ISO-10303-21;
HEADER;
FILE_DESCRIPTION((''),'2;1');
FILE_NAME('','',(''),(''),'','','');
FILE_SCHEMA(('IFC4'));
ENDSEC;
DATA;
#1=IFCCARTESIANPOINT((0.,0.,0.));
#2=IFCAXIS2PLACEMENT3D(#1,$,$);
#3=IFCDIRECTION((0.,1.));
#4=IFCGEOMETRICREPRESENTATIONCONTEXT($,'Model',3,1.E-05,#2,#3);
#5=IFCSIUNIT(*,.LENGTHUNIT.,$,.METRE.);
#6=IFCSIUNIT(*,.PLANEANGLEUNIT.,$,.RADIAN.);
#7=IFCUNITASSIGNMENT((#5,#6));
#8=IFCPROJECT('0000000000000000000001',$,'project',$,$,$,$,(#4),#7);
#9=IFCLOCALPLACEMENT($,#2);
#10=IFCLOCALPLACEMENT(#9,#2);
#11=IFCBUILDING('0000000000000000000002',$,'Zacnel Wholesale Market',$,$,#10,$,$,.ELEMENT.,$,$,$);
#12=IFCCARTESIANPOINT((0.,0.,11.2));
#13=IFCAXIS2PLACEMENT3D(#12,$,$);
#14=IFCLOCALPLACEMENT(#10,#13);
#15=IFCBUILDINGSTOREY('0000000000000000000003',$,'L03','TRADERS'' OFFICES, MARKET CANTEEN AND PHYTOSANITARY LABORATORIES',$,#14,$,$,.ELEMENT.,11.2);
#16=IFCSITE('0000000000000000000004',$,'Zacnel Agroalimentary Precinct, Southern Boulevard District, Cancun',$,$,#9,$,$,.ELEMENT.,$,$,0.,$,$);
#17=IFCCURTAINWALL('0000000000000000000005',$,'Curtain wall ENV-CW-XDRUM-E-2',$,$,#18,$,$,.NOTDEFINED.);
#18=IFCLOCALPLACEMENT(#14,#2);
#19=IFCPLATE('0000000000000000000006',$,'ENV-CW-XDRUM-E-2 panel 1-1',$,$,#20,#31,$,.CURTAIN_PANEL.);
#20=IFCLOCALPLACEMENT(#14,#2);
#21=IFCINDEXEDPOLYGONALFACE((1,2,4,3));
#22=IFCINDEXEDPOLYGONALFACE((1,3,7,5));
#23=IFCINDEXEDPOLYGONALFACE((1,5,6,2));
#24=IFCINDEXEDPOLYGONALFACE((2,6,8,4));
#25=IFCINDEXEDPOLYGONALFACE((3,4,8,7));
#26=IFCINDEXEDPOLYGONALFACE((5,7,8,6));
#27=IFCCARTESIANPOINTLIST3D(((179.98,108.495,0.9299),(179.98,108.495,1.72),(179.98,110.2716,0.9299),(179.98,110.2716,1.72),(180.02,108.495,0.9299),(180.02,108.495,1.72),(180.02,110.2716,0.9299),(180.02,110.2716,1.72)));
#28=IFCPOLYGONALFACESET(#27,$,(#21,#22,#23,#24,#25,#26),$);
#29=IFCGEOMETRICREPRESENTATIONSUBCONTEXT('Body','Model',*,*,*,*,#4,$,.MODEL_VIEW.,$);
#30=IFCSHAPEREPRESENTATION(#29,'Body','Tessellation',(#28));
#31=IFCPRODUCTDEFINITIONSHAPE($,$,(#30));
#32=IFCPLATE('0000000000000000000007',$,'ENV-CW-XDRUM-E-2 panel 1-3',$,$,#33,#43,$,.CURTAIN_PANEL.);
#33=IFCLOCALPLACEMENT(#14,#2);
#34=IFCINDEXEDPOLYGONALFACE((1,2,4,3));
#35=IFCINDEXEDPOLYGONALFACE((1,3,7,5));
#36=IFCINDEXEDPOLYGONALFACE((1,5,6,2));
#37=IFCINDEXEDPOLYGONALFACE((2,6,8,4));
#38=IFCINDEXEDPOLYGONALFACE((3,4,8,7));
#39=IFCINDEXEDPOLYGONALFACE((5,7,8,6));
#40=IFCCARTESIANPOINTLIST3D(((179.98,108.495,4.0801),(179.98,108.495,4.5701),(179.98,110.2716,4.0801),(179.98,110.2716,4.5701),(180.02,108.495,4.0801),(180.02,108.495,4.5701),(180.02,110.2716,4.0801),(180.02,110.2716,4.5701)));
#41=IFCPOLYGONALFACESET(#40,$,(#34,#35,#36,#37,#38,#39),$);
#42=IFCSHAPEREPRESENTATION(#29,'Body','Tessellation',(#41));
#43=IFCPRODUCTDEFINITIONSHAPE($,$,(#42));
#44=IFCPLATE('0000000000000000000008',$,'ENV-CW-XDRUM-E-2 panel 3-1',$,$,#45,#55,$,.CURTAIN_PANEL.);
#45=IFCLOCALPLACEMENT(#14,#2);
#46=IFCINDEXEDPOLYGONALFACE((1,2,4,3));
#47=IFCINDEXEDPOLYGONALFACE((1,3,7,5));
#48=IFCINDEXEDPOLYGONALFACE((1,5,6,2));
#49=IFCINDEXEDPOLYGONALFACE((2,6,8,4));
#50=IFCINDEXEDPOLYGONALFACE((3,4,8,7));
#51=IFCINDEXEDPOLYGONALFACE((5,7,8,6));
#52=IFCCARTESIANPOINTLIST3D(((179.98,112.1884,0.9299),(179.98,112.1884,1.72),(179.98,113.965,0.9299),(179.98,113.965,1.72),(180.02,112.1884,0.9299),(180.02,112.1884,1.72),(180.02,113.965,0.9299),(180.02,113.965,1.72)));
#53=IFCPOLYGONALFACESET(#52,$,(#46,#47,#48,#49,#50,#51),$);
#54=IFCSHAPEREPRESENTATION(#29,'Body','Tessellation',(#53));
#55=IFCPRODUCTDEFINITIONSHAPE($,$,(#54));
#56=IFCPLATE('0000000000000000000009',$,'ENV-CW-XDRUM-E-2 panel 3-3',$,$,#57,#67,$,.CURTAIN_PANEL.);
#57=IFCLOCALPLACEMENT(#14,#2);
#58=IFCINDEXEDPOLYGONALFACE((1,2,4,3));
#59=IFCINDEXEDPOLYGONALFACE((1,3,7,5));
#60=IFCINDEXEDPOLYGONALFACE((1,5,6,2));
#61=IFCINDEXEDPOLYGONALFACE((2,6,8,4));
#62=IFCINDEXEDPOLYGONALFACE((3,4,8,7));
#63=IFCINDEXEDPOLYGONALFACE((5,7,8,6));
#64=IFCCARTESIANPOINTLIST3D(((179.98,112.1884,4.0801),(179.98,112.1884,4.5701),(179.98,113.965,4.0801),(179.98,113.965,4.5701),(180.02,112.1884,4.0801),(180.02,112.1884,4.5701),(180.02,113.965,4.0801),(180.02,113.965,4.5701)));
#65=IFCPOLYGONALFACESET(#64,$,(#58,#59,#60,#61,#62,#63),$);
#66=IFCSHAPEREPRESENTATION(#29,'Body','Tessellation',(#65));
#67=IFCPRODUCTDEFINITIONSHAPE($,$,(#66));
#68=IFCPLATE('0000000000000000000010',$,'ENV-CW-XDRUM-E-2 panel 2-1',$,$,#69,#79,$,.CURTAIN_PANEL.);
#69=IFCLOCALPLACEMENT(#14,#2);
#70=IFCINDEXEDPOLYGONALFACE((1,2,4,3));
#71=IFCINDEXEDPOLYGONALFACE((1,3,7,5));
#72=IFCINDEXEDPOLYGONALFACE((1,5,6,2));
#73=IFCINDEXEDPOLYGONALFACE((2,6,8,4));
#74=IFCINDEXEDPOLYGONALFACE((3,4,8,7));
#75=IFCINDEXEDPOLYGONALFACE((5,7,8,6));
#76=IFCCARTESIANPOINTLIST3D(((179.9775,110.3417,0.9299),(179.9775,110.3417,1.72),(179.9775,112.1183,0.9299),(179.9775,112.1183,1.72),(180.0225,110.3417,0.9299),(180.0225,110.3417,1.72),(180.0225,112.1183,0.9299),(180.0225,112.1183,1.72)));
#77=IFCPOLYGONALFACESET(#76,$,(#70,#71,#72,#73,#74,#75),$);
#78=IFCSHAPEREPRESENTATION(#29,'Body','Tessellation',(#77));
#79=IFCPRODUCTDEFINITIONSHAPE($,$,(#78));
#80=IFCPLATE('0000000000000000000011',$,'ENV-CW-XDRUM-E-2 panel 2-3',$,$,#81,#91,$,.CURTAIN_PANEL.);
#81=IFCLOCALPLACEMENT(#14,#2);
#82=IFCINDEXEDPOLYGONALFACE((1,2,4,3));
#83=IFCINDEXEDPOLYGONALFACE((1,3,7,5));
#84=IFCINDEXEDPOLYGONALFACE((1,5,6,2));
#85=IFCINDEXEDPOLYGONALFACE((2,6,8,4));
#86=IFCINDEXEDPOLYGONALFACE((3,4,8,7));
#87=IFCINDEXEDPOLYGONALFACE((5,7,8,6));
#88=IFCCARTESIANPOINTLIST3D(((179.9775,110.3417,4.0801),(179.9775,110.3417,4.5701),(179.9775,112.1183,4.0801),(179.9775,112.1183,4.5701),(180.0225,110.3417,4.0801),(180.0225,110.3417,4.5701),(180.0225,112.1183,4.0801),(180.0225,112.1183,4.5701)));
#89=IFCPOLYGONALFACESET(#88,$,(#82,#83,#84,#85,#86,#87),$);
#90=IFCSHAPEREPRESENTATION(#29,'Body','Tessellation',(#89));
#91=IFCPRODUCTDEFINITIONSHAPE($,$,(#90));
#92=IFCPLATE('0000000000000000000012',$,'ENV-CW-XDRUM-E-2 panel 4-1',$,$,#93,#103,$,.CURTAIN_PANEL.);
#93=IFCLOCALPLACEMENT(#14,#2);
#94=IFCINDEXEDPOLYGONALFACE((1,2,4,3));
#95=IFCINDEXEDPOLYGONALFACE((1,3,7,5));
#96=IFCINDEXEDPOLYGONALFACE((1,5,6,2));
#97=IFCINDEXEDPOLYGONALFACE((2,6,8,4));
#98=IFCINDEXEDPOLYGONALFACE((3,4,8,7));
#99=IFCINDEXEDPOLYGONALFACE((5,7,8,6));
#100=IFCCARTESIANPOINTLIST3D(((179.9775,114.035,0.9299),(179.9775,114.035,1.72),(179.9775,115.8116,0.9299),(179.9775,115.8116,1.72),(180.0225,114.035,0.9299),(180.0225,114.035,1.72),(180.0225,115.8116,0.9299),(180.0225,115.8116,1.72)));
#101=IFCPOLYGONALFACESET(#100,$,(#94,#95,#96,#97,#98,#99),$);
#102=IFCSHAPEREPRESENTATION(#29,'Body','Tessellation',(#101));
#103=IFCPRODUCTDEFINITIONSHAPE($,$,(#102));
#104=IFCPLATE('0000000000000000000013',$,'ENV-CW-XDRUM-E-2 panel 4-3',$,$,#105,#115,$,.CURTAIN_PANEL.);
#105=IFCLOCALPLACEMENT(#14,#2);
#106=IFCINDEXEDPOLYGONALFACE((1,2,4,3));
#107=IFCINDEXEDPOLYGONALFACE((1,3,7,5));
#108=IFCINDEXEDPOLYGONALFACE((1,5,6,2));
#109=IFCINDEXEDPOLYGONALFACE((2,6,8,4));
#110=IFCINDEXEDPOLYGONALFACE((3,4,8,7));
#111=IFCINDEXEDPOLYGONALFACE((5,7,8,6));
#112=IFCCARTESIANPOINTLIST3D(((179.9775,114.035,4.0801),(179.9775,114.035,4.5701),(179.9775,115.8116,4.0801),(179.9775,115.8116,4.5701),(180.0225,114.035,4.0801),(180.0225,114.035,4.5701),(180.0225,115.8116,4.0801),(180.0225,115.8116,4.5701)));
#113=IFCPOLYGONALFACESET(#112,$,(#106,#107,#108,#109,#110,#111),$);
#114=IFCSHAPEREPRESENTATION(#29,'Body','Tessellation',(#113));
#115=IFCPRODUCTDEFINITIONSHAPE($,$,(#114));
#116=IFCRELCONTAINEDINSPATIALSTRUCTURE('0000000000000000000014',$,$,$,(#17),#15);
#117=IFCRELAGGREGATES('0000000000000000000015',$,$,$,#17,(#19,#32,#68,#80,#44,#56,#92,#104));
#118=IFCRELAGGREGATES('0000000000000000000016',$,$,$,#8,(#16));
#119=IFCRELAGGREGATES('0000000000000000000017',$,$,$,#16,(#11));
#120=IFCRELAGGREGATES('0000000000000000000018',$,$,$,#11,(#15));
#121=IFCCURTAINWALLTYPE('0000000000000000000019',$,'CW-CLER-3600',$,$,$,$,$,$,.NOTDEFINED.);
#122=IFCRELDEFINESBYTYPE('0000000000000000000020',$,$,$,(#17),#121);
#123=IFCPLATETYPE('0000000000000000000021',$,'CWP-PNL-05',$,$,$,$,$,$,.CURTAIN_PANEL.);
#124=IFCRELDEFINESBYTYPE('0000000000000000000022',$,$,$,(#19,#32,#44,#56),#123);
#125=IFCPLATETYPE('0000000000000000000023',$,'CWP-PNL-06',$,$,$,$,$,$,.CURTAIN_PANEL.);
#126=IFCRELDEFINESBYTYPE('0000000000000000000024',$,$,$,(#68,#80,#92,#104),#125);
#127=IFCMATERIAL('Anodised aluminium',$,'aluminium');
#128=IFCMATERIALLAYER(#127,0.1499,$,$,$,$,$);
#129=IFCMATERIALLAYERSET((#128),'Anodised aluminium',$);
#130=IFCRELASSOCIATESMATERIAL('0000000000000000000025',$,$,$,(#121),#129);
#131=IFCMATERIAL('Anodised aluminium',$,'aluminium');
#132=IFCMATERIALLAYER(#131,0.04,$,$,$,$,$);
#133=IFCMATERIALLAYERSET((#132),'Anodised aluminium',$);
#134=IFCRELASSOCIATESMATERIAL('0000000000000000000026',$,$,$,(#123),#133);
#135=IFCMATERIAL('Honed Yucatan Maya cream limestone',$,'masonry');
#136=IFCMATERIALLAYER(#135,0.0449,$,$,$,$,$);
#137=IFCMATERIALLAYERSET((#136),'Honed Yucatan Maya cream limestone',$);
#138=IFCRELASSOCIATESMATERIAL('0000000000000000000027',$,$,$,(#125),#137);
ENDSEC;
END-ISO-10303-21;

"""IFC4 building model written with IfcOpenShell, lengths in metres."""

from ifc_helpers import new_model, si_unit, direction, frame, origin, origin_2d, place, context, subcontext, project, spatial, rectangle, extrude, material, layer, layer_set, type_object, element, aggregate, save


model = new_model("IFC4")

# Units and contexts
model_context = context("Model", 3, precision=1e-05, world=origin(), true_north=direction((0.0, 1.0)))
body_context = subcontext(model_context, "Body", "Model", "MODEL_VIEW")
ifc_project = project(units=[si_unit("LENGTHUNIT", "METRE"), si_unit("PLANEANGLEUNIT", "RADIAN")], contexts=[model_context])

# Site, building, storey
site_placement = place(None, origin())
site = spatial("IfcSite", under=ifc_project, at=site_placement, Name="Zacnel Agroalimentary Precinct, Southern Boulevard District, Cancun", CompositionType="ELEMENT", RefElevation=0.0)
building_placement = place(site_placement, origin())
building = spatial("IfcBuilding", under=site, at=building_placement, Name="Zacnel Wholesale Market", CompositionType="ELEMENT")
storey_placement = place(building_placement, frame((0.0, 0.0, 11.2)))
storey = spatial("IfcBuildingStorey", under=building, at=storey_placement, Name="L03", Description="TRADERS' OFFICES, MARKET CANTEEN AND PHYTOSANITARY LABORATORIES", CompositionType="ELEMENT", Elevation=11.2)

# Curtain wall
ifc_material_1 = material(Name="Anodised aluminium", Category="aluminium")
ifc_layer_1 = layer(ifc_material_1, 0.1499)
ifc_layer_set_1 = layer_set([ifc_layer_1], Name="Anodised aluminium")
curtain_wall_type_1 = type_object("IfcCurtainWallType", Name="CW-CLER-3600", PredefinedType="NOTDEFINED", material=ifc_layer_set_1)
curtain_wall_1_placement = place(storey_placement, origin())
curtain_wall_1 = element("IfcCurtainWall", 1, at=curtain_wall_1_placement, inside=storey, type_object=curtain_wall_type_1, Name="Curtain wall ENV-CW-XDRUM-E-2", PredefinedType="NOTDEFINED")

# Plates
ifc_material_2 = material(Name="Anodised aluminium", Category="aluminium")
ifc_layer_2 = layer(ifc_material_2, 0.04)
ifc_layer_set_2 = layer_set([ifc_layer_2], Name="Anodised aluminium")
plate_type_1 = type_object("IfcPlateType", Name="CWP-PNL-05", PredefinedType="CURTAIN_PANEL", material=ifc_layer_set_2)
plate_1_placement = place(storey_placement, frame((180.0, 109.3833, 0.9299), z_axis=(0.0, 0.0, 1.0), x_axis=(0.0, 1.0, 0.0)))
plate_1 = element("IfcPlate", 2, at=plate_1_placement, type_object=plate_type_1, Name="ENV-CW-XDRUM-E-2 panel 1-1", PredefinedType="CURTAIN_PANEL", context=body_context, shape_type="SweptSolid", body=[
    extrude(rectangle(XDim=1.7766, YDim=0.04, at=origin_2d()), origin(), (0.0, 0.0, 1.0), 0.79),
])
plate_2_placement = place(storey_placement, frame((180.0, 109.3833, 4.0801), z_axis=(0.0, 0.0, 1.0), x_axis=(0.0, 1.0, 0.0)))
plate_2 = element("IfcPlate", 3, at=plate_2_placement, type_object=plate_type_1, Name="ENV-CW-XDRUM-E-2 panel 1-3", PredefinedType="CURTAIN_PANEL", context=body_context, shape_type="SweptSolid", body=[
    extrude(rectangle(XDim=1.7766, YDim=0.04, at=origin_2d()), origin(), (0.0, 0.0, 1.0), 0.49),
])
plate_3_placement = place(storey_placement, frame((180.0, 113.0767, 0.9299), z_axis=(0.0, 0.0, 1.0), x_axis=(0.0, 1.0, 0.0)))
plate_3 = element("IfcPlate", 4, at=plate_3_placement, type_object=plate_type_1, Name="ENV-CW-XDRUM-E-2 panel 3-1", PredefinedType="CURTAIN_PANEL", context=body_context, shape_type="SweptSolid", body=[
    extrude(rectangle(XDim=1.7766, YDim=0.04, at=origin_2d()), origin(), (0.0, 0.0, 1.0), 0.79),
])
plate_4_placement = place(storey_placement, frame((180.0, 113.0767, 4.0801), z_axis=(0.0, 0.0, 1.0), x_axis=(0.0, 1.0, 0.0)))
plate_4 = element("IfcPlate", 5, at=plate_4_placement, type_object=plate_type_1, Name="ENV-CW-XDRUM-E-2 panel 3-3", PredefinedType="CURTAIN_PANEL", context=body_context, shape_type="SweptSolid", body=[
    extrude(rectangle(XDim=1.7766, YDim=0.04, at=origin_2d()), origin(), (0.0, 0.0, 1.0), 0.49),
])
ifc_material_3 = material(Name="Honed Yucatan Maya cream limestone", Category="masonry")
ifc_layer_3 = layer(ifc_material_3, 0.0449)
ifc_layer_set_3 = layer_set([ifc_layer_3], Name="Honed Yucatan Maya cream limestone")
plate_type_2 = type_object("IfcPlateType", Name="CWP-PNL-06", PredefinedType="CURTAIN_PANEL", material=ifc_layer_set_3)
plate_5_placement = place(storey_placement, frame((180.0, 111.23, 0.9299), z_axis=(0.0, 0.0, 1.0), x_axis=(0.0, 1.0, 0.0)))
plate_5 = element("IfcPlate", 6, at=plate_5_placement, type_object=plate_type_2, Name="ENV-CW-XDRUM-E-2 panel 2-1", PredefinedType="CURTAIN_PANEL", context=body_context, shape_type="SweptSolid", body=[
    extrude(rectangle(XDim=1.7766, YDim=0.0449, at=origin_2d()), origin(), (0.0, 0.0, 1.0), 0.79),
])
plate_6_placement = place(storey_placement, frame((180.0, 111.23, 4.0801), z_axis=(0.0, 0.0, 1.0), x_axis=(0.0, 1.0, 0.0)))
plate_6 = element("IfcPlate", 7, at=plate_6_placement, type_object=plate_type_2, Name="ENV-CW-XDRUM-E-2 panel 2-3", PredefinedType="CURTAIN_PANEL", context=body_context, shape_type="SweptSolid", body=[
    extrude(rectangle(XDim=1.7766, YDim=0.0449, at=origin_2d()), origin(), (0.0, 0.0, 1.0), 0.49),
])
plate_7_placement = place(storey_placement, frame((180.0, 114.9233, 0.9299), z_axis=(0.0, 0.0, 1.0), x_axis=(0.0, 1.0, 0.0)))
plate_7 = element("IfcPlate", 8, at=plate_7_placement, type_object=plate_type_2, Name="ENV-CW-XDRUM-E-2 panel 4-1", PredefinedType="CURTAIN_PANEL", context=body_context, shape_type="SweptSolid", body=[
    extrude(rectangle(XDim=1.7766, YDim=0.0449, at=origin_2d()), origin(), (0.0, 0.0, 1.0), 0.79),
])
plate_8_placement = place(storey_placement, frame((180.0, 114.9233, 4.0801), z_axis=(0.0, 0.0, 1.0), x_axis=(0.0, 1.0, 0.0)))
plate_8 = element("IfcPlate", 9, at=plate_8_placement, type_object=plate_type_2, Name="ENV-CW-XDRUM-E-2 panel 4-3", PredefinedType="CURTAIN_PANEL", context=body_context, shape_type="SweptSolid", body=[
    extrude(rectangle(XDim=1.7766, YDim=0.0449, at=origin_2d()), origin(), (0.0, 0.0, 1.0), 0.49),
])
aggregate(curtain_wall_1, [plate_1, plate_2, plate_5, plate_6, plate_3, plate_4, plate_7, plate_8])

save(model, "model.ifc")
